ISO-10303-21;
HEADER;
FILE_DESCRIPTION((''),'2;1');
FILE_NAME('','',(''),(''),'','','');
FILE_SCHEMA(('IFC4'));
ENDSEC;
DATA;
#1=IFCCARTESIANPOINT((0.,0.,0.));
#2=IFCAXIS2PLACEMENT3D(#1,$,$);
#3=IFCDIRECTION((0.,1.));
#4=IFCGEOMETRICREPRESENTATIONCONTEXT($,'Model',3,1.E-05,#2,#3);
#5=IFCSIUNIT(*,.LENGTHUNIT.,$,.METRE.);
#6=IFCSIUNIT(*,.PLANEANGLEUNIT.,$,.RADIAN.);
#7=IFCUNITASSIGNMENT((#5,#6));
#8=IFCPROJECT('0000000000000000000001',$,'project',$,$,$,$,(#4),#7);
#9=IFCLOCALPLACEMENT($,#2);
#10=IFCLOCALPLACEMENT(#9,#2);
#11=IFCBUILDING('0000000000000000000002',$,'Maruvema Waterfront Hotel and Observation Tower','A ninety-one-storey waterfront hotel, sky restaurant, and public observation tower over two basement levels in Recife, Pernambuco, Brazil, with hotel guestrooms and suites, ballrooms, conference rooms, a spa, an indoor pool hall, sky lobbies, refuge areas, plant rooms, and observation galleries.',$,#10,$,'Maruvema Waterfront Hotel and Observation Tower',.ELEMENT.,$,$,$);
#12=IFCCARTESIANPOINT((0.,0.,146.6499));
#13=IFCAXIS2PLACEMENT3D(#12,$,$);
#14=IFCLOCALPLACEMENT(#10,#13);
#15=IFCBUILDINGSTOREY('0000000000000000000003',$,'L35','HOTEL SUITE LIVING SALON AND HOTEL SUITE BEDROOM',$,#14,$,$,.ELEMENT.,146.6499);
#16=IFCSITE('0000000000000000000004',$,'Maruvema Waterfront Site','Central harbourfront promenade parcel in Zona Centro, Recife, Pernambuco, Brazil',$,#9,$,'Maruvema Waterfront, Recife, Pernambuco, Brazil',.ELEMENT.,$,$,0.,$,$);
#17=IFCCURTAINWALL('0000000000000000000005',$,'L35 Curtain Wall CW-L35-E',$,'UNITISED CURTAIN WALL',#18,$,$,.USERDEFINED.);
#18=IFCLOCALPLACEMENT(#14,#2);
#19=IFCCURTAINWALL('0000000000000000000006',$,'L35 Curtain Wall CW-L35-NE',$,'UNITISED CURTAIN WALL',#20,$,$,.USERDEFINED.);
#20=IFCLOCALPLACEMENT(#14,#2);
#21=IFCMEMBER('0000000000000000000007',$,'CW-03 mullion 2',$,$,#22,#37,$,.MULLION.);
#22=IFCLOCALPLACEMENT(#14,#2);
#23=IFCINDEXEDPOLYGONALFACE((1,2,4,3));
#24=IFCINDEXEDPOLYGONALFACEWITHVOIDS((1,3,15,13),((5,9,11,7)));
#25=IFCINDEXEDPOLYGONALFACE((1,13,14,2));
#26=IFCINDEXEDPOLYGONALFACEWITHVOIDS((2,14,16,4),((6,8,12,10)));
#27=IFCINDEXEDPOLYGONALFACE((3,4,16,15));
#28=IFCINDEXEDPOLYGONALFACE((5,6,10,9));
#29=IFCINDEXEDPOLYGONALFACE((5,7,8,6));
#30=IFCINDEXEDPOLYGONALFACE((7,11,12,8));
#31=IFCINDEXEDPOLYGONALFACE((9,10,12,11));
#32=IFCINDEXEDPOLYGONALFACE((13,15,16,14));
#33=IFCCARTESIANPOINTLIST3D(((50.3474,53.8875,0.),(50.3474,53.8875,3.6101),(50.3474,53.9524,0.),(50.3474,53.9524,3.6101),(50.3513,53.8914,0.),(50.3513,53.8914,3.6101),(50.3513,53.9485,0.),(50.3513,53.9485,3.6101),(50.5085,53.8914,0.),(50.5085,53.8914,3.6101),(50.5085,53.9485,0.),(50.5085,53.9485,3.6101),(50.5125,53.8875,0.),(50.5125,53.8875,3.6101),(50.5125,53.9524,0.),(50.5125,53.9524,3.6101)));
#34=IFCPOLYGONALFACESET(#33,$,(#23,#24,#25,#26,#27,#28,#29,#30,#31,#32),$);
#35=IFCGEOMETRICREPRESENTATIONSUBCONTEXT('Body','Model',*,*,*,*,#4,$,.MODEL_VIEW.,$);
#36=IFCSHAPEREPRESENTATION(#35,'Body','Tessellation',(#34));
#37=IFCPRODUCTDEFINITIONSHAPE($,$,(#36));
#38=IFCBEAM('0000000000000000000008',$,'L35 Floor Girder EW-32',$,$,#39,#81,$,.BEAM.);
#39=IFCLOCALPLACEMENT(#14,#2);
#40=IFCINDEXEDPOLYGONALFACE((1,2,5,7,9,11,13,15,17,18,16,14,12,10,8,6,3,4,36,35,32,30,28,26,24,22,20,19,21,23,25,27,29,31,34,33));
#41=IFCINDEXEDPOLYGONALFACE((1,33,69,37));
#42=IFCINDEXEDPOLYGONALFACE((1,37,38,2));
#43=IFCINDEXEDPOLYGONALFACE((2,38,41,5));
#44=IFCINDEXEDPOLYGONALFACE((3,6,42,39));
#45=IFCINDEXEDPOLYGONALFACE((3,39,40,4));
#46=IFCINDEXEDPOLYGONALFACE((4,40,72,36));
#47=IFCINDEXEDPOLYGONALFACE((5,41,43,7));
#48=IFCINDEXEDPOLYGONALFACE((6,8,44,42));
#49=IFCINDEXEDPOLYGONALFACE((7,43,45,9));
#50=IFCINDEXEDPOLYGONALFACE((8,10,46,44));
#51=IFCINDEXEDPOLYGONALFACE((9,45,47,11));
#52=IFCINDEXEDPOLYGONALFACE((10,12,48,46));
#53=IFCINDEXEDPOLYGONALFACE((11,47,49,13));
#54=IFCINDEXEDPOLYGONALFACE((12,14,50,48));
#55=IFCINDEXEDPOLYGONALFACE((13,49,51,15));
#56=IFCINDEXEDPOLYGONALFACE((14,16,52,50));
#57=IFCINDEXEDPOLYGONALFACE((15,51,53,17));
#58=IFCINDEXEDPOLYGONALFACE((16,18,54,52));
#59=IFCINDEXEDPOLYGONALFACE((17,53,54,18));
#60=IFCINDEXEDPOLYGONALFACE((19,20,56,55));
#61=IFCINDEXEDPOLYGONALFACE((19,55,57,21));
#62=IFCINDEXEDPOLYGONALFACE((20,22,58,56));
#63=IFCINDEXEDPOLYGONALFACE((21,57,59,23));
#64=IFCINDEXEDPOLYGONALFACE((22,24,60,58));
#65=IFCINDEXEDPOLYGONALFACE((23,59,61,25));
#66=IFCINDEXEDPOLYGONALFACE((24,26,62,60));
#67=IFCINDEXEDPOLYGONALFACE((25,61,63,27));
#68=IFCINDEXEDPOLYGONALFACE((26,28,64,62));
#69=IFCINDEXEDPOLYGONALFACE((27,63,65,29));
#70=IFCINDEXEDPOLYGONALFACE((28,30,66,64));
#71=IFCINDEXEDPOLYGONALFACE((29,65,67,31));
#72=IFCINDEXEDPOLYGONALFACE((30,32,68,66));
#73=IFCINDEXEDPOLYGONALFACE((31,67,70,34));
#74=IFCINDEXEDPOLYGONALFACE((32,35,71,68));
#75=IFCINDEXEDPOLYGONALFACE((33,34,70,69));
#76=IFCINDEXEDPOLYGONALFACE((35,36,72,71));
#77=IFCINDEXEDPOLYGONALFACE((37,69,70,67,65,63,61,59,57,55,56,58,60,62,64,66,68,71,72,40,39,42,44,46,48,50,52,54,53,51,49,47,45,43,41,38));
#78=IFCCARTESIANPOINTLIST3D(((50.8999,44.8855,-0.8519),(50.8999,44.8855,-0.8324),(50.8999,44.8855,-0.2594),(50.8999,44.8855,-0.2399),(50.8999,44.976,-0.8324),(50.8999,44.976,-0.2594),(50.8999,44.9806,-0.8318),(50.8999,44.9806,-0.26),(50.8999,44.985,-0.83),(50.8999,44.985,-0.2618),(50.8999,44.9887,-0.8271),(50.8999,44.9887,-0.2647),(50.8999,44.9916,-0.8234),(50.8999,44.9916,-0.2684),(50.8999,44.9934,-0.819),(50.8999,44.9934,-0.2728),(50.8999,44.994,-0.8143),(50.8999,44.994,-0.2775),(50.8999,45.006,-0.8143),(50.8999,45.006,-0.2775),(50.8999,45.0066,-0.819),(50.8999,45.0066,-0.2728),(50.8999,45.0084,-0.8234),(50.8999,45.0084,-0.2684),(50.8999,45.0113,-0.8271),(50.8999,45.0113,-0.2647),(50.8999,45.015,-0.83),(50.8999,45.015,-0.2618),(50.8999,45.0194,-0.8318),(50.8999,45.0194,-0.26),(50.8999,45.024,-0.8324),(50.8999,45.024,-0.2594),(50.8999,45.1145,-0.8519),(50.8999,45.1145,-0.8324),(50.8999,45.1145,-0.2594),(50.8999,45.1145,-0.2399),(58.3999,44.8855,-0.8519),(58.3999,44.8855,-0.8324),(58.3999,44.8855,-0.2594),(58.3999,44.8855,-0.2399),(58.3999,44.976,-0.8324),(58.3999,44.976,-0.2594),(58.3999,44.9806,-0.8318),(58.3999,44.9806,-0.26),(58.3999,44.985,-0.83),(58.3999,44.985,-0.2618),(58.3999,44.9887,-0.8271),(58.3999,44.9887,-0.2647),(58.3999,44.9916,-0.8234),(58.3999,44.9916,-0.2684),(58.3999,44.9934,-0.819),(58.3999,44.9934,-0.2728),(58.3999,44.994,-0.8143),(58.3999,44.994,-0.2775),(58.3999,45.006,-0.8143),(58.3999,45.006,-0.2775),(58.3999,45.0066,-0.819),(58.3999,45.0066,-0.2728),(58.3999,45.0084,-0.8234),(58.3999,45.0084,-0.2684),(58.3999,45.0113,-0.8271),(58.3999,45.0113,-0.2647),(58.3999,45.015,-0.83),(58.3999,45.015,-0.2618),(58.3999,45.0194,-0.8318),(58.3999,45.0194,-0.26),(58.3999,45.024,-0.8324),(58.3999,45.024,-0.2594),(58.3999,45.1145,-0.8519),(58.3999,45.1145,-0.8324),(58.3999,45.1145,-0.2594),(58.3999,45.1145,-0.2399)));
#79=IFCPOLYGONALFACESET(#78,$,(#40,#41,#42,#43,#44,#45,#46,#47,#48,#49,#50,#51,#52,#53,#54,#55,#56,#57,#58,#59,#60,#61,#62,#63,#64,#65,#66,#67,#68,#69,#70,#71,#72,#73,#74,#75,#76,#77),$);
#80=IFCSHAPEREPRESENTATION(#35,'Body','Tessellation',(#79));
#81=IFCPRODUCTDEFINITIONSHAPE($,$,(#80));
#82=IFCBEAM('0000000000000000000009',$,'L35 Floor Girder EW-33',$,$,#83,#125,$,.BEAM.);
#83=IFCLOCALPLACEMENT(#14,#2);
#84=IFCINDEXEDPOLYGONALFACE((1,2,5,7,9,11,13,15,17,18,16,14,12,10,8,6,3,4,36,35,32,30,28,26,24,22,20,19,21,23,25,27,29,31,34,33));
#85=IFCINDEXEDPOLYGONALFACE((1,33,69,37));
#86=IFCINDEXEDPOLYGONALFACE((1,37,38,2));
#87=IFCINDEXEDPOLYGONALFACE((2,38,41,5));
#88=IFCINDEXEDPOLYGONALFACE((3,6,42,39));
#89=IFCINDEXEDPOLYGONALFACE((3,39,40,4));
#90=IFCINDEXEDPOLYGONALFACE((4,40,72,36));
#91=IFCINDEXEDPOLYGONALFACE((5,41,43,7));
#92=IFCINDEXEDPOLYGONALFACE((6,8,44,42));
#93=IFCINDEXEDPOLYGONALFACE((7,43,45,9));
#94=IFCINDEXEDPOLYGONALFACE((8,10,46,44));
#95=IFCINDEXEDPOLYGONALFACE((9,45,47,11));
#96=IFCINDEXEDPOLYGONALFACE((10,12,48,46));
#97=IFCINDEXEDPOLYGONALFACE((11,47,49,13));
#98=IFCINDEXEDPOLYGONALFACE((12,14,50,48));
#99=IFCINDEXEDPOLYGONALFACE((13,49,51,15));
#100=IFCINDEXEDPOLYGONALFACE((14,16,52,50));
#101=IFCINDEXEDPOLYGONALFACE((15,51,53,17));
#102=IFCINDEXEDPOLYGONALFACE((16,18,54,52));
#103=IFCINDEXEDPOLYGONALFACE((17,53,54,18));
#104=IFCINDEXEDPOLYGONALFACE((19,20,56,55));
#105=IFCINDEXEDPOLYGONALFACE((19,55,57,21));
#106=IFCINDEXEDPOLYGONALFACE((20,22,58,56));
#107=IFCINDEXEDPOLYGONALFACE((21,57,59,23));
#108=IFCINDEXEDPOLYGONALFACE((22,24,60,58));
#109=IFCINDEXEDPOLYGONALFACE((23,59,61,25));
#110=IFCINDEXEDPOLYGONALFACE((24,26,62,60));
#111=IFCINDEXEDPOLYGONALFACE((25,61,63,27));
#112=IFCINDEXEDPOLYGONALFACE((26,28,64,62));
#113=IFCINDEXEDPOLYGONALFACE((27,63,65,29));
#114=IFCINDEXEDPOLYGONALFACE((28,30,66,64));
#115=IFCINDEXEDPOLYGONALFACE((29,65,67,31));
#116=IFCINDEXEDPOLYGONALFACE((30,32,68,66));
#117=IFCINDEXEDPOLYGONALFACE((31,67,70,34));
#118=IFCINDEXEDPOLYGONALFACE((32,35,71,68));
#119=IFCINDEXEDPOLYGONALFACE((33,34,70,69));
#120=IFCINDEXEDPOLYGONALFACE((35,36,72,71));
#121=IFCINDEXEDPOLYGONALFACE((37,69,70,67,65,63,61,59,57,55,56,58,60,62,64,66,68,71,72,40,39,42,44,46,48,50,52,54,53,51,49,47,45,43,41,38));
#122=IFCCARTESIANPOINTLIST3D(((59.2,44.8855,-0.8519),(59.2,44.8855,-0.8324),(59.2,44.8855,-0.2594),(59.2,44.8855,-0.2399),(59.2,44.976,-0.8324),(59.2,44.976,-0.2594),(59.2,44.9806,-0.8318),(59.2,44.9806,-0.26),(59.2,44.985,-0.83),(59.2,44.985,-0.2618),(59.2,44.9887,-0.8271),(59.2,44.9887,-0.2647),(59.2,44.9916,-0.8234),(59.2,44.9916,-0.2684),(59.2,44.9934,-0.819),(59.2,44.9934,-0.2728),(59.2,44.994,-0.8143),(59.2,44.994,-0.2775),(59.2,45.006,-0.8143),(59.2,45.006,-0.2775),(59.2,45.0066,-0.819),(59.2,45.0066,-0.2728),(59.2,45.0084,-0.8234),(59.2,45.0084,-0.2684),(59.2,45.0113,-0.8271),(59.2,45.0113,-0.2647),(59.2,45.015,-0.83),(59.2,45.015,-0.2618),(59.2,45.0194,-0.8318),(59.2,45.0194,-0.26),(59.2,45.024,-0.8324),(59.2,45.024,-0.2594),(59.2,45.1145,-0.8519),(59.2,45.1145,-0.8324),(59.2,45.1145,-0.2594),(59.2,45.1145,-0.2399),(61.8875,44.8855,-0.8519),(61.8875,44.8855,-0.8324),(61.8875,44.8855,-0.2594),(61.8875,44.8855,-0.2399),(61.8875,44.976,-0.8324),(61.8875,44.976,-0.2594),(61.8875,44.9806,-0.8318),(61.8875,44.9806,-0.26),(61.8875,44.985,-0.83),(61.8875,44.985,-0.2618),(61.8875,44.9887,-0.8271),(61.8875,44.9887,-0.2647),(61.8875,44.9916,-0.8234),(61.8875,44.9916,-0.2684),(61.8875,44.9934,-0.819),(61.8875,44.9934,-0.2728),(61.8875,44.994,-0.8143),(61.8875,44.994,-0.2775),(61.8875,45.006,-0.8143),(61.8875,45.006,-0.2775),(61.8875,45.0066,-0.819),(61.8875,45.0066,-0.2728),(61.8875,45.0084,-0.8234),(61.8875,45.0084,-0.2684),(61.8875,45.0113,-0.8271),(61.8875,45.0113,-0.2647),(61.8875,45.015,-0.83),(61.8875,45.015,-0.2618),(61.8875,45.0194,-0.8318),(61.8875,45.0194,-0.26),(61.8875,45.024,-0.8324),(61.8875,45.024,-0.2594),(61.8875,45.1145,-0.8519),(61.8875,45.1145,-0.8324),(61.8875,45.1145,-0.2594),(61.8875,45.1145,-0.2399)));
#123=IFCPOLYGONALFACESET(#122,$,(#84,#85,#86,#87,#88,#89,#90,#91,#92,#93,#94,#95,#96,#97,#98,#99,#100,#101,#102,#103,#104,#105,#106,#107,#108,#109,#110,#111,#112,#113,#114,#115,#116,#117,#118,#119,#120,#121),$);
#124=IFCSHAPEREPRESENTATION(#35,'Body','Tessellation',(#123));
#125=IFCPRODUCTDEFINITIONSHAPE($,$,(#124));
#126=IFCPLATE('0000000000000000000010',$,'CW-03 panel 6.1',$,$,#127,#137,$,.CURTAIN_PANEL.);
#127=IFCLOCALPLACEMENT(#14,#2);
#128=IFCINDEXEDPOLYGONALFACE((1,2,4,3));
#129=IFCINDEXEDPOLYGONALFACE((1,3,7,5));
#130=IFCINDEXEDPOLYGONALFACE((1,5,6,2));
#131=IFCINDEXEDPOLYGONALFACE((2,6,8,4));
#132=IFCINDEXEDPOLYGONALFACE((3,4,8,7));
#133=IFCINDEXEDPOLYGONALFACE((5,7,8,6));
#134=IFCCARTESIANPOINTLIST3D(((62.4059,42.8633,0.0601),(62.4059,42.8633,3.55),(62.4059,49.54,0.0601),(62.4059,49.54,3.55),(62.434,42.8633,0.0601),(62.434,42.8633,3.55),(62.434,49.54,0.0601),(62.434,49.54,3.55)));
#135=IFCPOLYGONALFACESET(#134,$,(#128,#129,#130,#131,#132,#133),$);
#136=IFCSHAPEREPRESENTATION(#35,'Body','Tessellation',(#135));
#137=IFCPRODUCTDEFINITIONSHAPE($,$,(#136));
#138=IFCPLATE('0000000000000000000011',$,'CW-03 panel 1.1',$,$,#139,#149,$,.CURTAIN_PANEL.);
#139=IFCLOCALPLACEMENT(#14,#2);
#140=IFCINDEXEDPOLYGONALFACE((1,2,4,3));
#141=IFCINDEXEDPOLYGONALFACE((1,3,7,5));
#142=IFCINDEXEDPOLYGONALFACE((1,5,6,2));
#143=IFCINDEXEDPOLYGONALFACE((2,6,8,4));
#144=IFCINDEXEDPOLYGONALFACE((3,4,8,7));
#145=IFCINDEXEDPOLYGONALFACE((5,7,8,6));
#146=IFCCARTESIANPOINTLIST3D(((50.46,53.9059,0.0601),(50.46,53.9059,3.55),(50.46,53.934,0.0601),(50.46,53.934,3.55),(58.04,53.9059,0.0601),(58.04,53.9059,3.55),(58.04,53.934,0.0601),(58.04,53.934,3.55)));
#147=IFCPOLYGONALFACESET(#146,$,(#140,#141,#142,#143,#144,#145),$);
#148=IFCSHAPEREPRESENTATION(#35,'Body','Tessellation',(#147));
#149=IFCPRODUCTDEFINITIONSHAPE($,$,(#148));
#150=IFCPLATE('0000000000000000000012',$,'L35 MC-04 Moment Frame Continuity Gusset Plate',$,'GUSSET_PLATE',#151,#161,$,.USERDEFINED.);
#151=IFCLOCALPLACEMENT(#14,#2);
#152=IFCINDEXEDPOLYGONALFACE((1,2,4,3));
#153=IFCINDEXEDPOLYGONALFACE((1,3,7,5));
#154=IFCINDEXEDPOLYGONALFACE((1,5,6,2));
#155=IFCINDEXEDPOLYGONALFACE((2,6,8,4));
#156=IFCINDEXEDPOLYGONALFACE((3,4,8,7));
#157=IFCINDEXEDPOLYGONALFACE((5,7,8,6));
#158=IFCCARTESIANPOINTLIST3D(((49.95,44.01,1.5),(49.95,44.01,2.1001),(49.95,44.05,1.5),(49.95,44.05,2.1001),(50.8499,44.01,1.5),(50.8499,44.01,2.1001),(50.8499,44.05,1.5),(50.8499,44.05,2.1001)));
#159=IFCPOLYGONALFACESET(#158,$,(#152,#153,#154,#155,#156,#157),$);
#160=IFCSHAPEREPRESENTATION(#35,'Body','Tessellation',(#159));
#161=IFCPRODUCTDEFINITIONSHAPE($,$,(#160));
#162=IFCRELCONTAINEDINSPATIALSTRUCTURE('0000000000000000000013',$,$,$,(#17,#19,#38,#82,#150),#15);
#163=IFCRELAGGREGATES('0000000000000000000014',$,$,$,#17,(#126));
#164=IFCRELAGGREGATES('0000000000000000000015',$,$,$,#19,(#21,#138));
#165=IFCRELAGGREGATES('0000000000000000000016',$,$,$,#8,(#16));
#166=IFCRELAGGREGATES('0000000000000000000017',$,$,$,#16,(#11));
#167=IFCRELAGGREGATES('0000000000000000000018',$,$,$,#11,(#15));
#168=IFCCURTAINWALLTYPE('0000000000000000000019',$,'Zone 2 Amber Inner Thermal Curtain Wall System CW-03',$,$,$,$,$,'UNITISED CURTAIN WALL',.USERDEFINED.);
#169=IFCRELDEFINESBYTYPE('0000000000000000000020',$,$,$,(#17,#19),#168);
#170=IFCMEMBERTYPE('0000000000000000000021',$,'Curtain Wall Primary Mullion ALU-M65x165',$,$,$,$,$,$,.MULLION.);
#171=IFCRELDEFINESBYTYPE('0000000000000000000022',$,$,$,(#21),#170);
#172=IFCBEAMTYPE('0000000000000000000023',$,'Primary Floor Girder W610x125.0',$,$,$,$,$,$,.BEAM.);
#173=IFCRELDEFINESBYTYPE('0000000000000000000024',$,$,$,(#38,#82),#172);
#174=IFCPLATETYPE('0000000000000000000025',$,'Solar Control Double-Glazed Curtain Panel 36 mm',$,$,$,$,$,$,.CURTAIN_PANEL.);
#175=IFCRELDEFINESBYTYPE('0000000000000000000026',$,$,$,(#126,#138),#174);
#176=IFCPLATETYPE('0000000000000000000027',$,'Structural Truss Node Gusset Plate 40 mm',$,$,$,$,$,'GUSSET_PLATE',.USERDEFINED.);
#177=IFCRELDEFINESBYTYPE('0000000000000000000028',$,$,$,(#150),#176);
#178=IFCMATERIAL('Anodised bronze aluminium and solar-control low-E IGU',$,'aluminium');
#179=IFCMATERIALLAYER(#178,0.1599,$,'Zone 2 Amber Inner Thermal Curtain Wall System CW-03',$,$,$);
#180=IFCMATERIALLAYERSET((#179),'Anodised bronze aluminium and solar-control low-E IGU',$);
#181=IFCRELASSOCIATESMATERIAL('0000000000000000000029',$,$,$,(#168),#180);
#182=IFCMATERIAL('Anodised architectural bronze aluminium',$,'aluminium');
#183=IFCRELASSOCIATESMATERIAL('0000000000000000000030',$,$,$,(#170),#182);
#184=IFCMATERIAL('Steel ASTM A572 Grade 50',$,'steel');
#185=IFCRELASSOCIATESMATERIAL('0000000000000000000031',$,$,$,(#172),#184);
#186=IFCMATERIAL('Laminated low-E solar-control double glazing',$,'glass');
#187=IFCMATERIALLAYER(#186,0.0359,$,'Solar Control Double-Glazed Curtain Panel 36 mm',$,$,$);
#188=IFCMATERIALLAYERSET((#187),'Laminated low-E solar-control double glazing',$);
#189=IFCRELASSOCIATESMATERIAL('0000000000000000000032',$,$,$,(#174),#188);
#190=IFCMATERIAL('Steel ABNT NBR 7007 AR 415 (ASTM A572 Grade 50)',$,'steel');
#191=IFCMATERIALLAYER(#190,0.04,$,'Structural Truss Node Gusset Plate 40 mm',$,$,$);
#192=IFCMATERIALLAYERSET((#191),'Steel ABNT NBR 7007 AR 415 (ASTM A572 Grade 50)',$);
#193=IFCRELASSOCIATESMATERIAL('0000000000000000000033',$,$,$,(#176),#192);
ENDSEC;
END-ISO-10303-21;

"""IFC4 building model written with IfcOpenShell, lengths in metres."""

from ifc_helpers import new_model, si_unit, direction, frame, origin, origin_2d, place, context, subcontext, project, spatial, rectangle, hollow_rectangle, i_section, extrude, material, layer, layer_set, material_profile, profile_set, type_object, element, aggregate, save


model = new_model("IFC4")

# Units and contexts
model_context = context("Model", 3, precision=1e-05, world=origin(), true_north=direction((0.0, 1.0)))
body_context = subcontext(model_context, "Body", "Model", "MODEL_VIEW")
ifc_project = project(units=[si_unit("LENGTHUNIT", "METRE"), si_unit("PLANEANGLEUNIT", "RADIAN")], contexts=[model_context])

# Site, building, storey
site_placement = place(None, origin())
site = spatial("IfcSite", under=ifc_project, at=site_placement, Name="Maruvema Waterfront Site", Description="Central harbourfront promenade parcel in Zona Centro, Recife, Pernambuco, Brazil", LongName="Maruvema Waterfront, Recife, Pernambuco, Brazil", CompositionType="ELEMENT", RefElevation=0.0)
building_placement = place(site_placement, origin())
building = spatial("IfcBuilding", under=site, at=building_placement, Name="Maruvema Waterfront Hotel and Observation Tower", Description="A ninety-one-storey waterfront hotel, sky restaurant, and public observation tower over two basement levels in Recife, Pernambuco, Brazil, with hotel guestrooms and suites, ballrooms, conference rooms, a spa, an indoor pool hall, sky lobbies, refuge areas, plant rooms, and observation galleries.", LongName="Maruvema Waterfront Hotel and Observation Tower", CompositionType="ELEMENT")
storey_placement = place(building_placement, frame((0.0, 0.0, 146.6499)))
storey = spatial("IfcBuildingStorey", under=building, at=storey_placement, Name="L35", Description="HOTEL SUITE LIVING SALON AND HOTEL SUITE BEDROOM", CompositionType="ELEMENT", Elevation=146.6499)

# Curtain walls
ifc_material_1 = material(Name="Anodised bronze aluminium and solar-control low-E IGU", Category="aluminium")
ifc_layer_1 = layer(ifc_material_1, 0.1599, Name="Zone 2 Amber Inner Thermal Curtain Wall System CW-03")
ifc_layer_set_1 = layer_set([ifc_layer_1], Name="Anodised bronze aluminium and solar-control low-E IGU")
curtain_wall_type = type_object("IfcCurtainWallType", Name="Zone 2 Amber Inner Thermal Curtain Wall System CW-03", ElementType="UNITISED CURTAIN WALL", PredefinedType="USERDEFINED", material=ifc_layer_set_1)
curtain_wall_1_placement = place(storey_placement, origin())
curtain_wall_1 = element("IfcCurtainWall", 1, at=curtain_wall_1_placement, inside=storey, type_object=curtain_wall_type, Name="L35 Curtain Wall CW-L35-E", ObjectType="UNITISED CURTAIN WALL", PredefinedType="USERDEFINED")
curtain_wall_2_placement = place(storey_placement, origin())
curtain_wall_2 = element("IfcCurtainWall", 2, at=curtain_wall_2_placement, inside=storey, type_object=curtain_wall_type, Name="L35 Curtain Wall CW-L35-NE", ObjectType="UNITISED CURTAIN WALL", PredefinedType="USERDEFINED")

# Member
ifc_material_2 = material(Name="Anodised architectural bronze aluminium", Category="aluminium")
ifc_material_profile_1 = material_profile(ifc_material_2, hollow_rectangle(XDim=0.0649, YDim=0.165, WallThickness=0.0039, at=origin_2d()), Name="ALU-M65x165")
ifc_profile_set_1 = profile_set([ifc_material_profile_1], Name="Anodised architectural bronze aluminium")
member_type_1 = type_object("IfcMemberType", Name="Curtain Wall Primary Mullion ALU-M65x165", PredefinedType="MULLION", material=ifc_profile_set_1)
member_1_placement = place(storey_placement, frame((50.4299, 53.9199, 0.0), z_axis=(0.0, 0.0, 1.0), x_axis=(0.0, -1.0, 0.0)))
member_1 = element("IfcMember", 3, at=member_1_placement, type_object=member_type_1, Name="CW-03 mullion 2", PredefinedType="MULLION", context=body_context, shape_type="SweptSolid", body=[
    extrude(hollow_rectangle(XDim=0.0649, YDim=0.165, WallThickness=0.0039, at=origin_2d()), origin(), (0.0, 0.0, 1.0), 3.6101),
])

# Beams
ifc_material_3 = material(Name="Steel ASTM A572 Grade 50", Category="steel")
ifc_material_profile_2 = material_profile(ifc_material_3, i_section(OverallWidth=0.229, OverallDepth=0.6121, WebThickness=0.012, FlangeThickness=0.0195, FilletRadius=0.0181, at=origin_2d()), Name="W610x125.0")
ifc_profile_set_2 = profile_set([ifc_material_profile_2], Name="Steel ASTM A572 Grade 50")
beam_type = type_object("IfcBeamType", Name="Primary Floor Girder W610x125.0", PredefinedType="BEAM", material=ifc_profile_set_2)
beam_1_placement = place(storey_placement, frame((50.8999, 45.0, -0.5459), z_axis=(1.0, 0.0, 0.0), x_axis=(0.0, 1.0, 0.0)))
element("IfcBeam", 4, at=beam_1_placement, inside=storey, type_object=beam_type, Name="L35 Floor Girder EW-32", PredefinedType="BEAM", context=body_context, shape_type="SweptSolid", body=[
    extrude(i_section(OverallWidth=0.229, OverallDepth=0.6121, WebThickness=0.012, FlangeThickness=0.0195, FilletRadius=0.0181, at=origin_2d()), origin(), (0.0, 0.0, 1.0), 7.5),
])
beam_2_placement = place(storey_placement, frame((59.2, 45.0, -0.5459), z_axis=(1.0, 0.0, 0.0), x_axis=(0.0, 1.0, 0.0)))
element("IfcBeam", 5, at=beam_2_placement, inside=storey, type_object=beam_type, Name="L35 Floor Girder EW-33", PredefinedType="BEAM", context=body_context, shape_type="SweptSolid", body=[
    extrude(i_section(OverallWidth=0.229, OverallDepth=0.6121, WebThickness=0.012, FlangeThickness=0.0195, FilletRadius=0.0181, at=origin_2d()), origin(), (0.0, 0.0, 1.0), 2.6875),
])

# Plates
ifc_material_4 = material(Name="Laminated low-E solar-control double glazing", Category="glass")
ifc_layer_2 = layer(ifc_material_4, 0.0359, Name="Solar Control Double-Glazed Curtain Panel 36 mm")
ifc_layer_set_2 = layer_set([ifc_layer_2], Name="Laminated low-E solar-control double glazing")
plate_type_1 = type_object("IfcPlateType", Name="Solar Control Double-Glazed Curtain Panel 36 mm", PredefinedType="CURTAIN_PANEL", material=ifc_layer_set_2)
plate_1_placement = place(storey_placement, frame((62.4199, 46.2017, 0.0601), z_axis=(0.0, 0.0, 1.0), x_axis=(0.0, 1.0, 0.0)))
plate_1 = element("IfcPlate", 6, at=plate_1_placement, type_object=plate_type_1, Name="CW-03 panel 6.1", PredefinedType="CURTAIN_PANEL", context=body_context, shape_type="SweptSolid", body=[
    extrude(rectangle(XDim=6.6768, YDim=0.0281, at=origin_2d()), origin(), (0.0, 0.0, 1.0), 3.49),
])
aggregate(curtain_wall_1, [plate_1])
plate_2_placement = place(storey_placement, frame((54.25, 53.9199, 0.0601), z_axis=(0.0, 0.0, 1.0), x_axis=(-1.0, 0.0, 0.0)))
plate_2 = element("IfcPlate", 7, at=plate_2_placement, type_object=plate_type_1, Name="CW-03 panel 1.1", PredefinedType="CURTAIN_PANEL", context=body_context, shape_type="SweptSolid", body=[
    extrude(rectangle(XDim=7.5801, YDim=0.0281, at=origin_2d()), origin(), (0.0, 0.0, 1.0), 3.49),
])
aggregate(curtain_wall_2, [member_1, plate_2])
ifc_material_5 = material(Name="Steel ABNT NBR 7007 AR 415 (ASTM A572 Grade 50)", Category="steel")
ifc_layer_3 = layer(ifc_material_5, 0.04, Name="Structural Truss Node Gusset Plate 40 mm")
ifc_layer_set_3 = layer_set([ifc_layer_3], Name="Steel ABNT NBR 7007 AR 415 (ASTM A572 Grade 50)")
plate_type_2 = type_object("IfcPlateType", Name="Structural Truss Node Gusset Plate 40 mm", ElementType="GUSSET_PLATE", PredefinedType="USERDEFINED", material=ifc_layer_set_3)
plate_3_placement = place(storey_placement, frame((50.3999, 44.03, 1.5), z_axis=(0.0, 0.0, 1.0), x_axis=(1.0, 0.0, 0.0)))
element("IfcPlate", 8, at=plate_3_placement, inside=storey, type_object=plate_type_2, Name="L35 MC-04 Moment Frame Continuity Gusset Plate", ObjectType="GUSSET_PLATE", PredefinedType="USERDEFINED", context=body_context, shape_type="SweptSolid", body=[
    extrude(rectangle(XDim=0.8999, YDim=0.04, at=origin_2d()), origin(), (0.0, 0.0, 1.0), 0.6001),
])

save(model, "model.ifc")
